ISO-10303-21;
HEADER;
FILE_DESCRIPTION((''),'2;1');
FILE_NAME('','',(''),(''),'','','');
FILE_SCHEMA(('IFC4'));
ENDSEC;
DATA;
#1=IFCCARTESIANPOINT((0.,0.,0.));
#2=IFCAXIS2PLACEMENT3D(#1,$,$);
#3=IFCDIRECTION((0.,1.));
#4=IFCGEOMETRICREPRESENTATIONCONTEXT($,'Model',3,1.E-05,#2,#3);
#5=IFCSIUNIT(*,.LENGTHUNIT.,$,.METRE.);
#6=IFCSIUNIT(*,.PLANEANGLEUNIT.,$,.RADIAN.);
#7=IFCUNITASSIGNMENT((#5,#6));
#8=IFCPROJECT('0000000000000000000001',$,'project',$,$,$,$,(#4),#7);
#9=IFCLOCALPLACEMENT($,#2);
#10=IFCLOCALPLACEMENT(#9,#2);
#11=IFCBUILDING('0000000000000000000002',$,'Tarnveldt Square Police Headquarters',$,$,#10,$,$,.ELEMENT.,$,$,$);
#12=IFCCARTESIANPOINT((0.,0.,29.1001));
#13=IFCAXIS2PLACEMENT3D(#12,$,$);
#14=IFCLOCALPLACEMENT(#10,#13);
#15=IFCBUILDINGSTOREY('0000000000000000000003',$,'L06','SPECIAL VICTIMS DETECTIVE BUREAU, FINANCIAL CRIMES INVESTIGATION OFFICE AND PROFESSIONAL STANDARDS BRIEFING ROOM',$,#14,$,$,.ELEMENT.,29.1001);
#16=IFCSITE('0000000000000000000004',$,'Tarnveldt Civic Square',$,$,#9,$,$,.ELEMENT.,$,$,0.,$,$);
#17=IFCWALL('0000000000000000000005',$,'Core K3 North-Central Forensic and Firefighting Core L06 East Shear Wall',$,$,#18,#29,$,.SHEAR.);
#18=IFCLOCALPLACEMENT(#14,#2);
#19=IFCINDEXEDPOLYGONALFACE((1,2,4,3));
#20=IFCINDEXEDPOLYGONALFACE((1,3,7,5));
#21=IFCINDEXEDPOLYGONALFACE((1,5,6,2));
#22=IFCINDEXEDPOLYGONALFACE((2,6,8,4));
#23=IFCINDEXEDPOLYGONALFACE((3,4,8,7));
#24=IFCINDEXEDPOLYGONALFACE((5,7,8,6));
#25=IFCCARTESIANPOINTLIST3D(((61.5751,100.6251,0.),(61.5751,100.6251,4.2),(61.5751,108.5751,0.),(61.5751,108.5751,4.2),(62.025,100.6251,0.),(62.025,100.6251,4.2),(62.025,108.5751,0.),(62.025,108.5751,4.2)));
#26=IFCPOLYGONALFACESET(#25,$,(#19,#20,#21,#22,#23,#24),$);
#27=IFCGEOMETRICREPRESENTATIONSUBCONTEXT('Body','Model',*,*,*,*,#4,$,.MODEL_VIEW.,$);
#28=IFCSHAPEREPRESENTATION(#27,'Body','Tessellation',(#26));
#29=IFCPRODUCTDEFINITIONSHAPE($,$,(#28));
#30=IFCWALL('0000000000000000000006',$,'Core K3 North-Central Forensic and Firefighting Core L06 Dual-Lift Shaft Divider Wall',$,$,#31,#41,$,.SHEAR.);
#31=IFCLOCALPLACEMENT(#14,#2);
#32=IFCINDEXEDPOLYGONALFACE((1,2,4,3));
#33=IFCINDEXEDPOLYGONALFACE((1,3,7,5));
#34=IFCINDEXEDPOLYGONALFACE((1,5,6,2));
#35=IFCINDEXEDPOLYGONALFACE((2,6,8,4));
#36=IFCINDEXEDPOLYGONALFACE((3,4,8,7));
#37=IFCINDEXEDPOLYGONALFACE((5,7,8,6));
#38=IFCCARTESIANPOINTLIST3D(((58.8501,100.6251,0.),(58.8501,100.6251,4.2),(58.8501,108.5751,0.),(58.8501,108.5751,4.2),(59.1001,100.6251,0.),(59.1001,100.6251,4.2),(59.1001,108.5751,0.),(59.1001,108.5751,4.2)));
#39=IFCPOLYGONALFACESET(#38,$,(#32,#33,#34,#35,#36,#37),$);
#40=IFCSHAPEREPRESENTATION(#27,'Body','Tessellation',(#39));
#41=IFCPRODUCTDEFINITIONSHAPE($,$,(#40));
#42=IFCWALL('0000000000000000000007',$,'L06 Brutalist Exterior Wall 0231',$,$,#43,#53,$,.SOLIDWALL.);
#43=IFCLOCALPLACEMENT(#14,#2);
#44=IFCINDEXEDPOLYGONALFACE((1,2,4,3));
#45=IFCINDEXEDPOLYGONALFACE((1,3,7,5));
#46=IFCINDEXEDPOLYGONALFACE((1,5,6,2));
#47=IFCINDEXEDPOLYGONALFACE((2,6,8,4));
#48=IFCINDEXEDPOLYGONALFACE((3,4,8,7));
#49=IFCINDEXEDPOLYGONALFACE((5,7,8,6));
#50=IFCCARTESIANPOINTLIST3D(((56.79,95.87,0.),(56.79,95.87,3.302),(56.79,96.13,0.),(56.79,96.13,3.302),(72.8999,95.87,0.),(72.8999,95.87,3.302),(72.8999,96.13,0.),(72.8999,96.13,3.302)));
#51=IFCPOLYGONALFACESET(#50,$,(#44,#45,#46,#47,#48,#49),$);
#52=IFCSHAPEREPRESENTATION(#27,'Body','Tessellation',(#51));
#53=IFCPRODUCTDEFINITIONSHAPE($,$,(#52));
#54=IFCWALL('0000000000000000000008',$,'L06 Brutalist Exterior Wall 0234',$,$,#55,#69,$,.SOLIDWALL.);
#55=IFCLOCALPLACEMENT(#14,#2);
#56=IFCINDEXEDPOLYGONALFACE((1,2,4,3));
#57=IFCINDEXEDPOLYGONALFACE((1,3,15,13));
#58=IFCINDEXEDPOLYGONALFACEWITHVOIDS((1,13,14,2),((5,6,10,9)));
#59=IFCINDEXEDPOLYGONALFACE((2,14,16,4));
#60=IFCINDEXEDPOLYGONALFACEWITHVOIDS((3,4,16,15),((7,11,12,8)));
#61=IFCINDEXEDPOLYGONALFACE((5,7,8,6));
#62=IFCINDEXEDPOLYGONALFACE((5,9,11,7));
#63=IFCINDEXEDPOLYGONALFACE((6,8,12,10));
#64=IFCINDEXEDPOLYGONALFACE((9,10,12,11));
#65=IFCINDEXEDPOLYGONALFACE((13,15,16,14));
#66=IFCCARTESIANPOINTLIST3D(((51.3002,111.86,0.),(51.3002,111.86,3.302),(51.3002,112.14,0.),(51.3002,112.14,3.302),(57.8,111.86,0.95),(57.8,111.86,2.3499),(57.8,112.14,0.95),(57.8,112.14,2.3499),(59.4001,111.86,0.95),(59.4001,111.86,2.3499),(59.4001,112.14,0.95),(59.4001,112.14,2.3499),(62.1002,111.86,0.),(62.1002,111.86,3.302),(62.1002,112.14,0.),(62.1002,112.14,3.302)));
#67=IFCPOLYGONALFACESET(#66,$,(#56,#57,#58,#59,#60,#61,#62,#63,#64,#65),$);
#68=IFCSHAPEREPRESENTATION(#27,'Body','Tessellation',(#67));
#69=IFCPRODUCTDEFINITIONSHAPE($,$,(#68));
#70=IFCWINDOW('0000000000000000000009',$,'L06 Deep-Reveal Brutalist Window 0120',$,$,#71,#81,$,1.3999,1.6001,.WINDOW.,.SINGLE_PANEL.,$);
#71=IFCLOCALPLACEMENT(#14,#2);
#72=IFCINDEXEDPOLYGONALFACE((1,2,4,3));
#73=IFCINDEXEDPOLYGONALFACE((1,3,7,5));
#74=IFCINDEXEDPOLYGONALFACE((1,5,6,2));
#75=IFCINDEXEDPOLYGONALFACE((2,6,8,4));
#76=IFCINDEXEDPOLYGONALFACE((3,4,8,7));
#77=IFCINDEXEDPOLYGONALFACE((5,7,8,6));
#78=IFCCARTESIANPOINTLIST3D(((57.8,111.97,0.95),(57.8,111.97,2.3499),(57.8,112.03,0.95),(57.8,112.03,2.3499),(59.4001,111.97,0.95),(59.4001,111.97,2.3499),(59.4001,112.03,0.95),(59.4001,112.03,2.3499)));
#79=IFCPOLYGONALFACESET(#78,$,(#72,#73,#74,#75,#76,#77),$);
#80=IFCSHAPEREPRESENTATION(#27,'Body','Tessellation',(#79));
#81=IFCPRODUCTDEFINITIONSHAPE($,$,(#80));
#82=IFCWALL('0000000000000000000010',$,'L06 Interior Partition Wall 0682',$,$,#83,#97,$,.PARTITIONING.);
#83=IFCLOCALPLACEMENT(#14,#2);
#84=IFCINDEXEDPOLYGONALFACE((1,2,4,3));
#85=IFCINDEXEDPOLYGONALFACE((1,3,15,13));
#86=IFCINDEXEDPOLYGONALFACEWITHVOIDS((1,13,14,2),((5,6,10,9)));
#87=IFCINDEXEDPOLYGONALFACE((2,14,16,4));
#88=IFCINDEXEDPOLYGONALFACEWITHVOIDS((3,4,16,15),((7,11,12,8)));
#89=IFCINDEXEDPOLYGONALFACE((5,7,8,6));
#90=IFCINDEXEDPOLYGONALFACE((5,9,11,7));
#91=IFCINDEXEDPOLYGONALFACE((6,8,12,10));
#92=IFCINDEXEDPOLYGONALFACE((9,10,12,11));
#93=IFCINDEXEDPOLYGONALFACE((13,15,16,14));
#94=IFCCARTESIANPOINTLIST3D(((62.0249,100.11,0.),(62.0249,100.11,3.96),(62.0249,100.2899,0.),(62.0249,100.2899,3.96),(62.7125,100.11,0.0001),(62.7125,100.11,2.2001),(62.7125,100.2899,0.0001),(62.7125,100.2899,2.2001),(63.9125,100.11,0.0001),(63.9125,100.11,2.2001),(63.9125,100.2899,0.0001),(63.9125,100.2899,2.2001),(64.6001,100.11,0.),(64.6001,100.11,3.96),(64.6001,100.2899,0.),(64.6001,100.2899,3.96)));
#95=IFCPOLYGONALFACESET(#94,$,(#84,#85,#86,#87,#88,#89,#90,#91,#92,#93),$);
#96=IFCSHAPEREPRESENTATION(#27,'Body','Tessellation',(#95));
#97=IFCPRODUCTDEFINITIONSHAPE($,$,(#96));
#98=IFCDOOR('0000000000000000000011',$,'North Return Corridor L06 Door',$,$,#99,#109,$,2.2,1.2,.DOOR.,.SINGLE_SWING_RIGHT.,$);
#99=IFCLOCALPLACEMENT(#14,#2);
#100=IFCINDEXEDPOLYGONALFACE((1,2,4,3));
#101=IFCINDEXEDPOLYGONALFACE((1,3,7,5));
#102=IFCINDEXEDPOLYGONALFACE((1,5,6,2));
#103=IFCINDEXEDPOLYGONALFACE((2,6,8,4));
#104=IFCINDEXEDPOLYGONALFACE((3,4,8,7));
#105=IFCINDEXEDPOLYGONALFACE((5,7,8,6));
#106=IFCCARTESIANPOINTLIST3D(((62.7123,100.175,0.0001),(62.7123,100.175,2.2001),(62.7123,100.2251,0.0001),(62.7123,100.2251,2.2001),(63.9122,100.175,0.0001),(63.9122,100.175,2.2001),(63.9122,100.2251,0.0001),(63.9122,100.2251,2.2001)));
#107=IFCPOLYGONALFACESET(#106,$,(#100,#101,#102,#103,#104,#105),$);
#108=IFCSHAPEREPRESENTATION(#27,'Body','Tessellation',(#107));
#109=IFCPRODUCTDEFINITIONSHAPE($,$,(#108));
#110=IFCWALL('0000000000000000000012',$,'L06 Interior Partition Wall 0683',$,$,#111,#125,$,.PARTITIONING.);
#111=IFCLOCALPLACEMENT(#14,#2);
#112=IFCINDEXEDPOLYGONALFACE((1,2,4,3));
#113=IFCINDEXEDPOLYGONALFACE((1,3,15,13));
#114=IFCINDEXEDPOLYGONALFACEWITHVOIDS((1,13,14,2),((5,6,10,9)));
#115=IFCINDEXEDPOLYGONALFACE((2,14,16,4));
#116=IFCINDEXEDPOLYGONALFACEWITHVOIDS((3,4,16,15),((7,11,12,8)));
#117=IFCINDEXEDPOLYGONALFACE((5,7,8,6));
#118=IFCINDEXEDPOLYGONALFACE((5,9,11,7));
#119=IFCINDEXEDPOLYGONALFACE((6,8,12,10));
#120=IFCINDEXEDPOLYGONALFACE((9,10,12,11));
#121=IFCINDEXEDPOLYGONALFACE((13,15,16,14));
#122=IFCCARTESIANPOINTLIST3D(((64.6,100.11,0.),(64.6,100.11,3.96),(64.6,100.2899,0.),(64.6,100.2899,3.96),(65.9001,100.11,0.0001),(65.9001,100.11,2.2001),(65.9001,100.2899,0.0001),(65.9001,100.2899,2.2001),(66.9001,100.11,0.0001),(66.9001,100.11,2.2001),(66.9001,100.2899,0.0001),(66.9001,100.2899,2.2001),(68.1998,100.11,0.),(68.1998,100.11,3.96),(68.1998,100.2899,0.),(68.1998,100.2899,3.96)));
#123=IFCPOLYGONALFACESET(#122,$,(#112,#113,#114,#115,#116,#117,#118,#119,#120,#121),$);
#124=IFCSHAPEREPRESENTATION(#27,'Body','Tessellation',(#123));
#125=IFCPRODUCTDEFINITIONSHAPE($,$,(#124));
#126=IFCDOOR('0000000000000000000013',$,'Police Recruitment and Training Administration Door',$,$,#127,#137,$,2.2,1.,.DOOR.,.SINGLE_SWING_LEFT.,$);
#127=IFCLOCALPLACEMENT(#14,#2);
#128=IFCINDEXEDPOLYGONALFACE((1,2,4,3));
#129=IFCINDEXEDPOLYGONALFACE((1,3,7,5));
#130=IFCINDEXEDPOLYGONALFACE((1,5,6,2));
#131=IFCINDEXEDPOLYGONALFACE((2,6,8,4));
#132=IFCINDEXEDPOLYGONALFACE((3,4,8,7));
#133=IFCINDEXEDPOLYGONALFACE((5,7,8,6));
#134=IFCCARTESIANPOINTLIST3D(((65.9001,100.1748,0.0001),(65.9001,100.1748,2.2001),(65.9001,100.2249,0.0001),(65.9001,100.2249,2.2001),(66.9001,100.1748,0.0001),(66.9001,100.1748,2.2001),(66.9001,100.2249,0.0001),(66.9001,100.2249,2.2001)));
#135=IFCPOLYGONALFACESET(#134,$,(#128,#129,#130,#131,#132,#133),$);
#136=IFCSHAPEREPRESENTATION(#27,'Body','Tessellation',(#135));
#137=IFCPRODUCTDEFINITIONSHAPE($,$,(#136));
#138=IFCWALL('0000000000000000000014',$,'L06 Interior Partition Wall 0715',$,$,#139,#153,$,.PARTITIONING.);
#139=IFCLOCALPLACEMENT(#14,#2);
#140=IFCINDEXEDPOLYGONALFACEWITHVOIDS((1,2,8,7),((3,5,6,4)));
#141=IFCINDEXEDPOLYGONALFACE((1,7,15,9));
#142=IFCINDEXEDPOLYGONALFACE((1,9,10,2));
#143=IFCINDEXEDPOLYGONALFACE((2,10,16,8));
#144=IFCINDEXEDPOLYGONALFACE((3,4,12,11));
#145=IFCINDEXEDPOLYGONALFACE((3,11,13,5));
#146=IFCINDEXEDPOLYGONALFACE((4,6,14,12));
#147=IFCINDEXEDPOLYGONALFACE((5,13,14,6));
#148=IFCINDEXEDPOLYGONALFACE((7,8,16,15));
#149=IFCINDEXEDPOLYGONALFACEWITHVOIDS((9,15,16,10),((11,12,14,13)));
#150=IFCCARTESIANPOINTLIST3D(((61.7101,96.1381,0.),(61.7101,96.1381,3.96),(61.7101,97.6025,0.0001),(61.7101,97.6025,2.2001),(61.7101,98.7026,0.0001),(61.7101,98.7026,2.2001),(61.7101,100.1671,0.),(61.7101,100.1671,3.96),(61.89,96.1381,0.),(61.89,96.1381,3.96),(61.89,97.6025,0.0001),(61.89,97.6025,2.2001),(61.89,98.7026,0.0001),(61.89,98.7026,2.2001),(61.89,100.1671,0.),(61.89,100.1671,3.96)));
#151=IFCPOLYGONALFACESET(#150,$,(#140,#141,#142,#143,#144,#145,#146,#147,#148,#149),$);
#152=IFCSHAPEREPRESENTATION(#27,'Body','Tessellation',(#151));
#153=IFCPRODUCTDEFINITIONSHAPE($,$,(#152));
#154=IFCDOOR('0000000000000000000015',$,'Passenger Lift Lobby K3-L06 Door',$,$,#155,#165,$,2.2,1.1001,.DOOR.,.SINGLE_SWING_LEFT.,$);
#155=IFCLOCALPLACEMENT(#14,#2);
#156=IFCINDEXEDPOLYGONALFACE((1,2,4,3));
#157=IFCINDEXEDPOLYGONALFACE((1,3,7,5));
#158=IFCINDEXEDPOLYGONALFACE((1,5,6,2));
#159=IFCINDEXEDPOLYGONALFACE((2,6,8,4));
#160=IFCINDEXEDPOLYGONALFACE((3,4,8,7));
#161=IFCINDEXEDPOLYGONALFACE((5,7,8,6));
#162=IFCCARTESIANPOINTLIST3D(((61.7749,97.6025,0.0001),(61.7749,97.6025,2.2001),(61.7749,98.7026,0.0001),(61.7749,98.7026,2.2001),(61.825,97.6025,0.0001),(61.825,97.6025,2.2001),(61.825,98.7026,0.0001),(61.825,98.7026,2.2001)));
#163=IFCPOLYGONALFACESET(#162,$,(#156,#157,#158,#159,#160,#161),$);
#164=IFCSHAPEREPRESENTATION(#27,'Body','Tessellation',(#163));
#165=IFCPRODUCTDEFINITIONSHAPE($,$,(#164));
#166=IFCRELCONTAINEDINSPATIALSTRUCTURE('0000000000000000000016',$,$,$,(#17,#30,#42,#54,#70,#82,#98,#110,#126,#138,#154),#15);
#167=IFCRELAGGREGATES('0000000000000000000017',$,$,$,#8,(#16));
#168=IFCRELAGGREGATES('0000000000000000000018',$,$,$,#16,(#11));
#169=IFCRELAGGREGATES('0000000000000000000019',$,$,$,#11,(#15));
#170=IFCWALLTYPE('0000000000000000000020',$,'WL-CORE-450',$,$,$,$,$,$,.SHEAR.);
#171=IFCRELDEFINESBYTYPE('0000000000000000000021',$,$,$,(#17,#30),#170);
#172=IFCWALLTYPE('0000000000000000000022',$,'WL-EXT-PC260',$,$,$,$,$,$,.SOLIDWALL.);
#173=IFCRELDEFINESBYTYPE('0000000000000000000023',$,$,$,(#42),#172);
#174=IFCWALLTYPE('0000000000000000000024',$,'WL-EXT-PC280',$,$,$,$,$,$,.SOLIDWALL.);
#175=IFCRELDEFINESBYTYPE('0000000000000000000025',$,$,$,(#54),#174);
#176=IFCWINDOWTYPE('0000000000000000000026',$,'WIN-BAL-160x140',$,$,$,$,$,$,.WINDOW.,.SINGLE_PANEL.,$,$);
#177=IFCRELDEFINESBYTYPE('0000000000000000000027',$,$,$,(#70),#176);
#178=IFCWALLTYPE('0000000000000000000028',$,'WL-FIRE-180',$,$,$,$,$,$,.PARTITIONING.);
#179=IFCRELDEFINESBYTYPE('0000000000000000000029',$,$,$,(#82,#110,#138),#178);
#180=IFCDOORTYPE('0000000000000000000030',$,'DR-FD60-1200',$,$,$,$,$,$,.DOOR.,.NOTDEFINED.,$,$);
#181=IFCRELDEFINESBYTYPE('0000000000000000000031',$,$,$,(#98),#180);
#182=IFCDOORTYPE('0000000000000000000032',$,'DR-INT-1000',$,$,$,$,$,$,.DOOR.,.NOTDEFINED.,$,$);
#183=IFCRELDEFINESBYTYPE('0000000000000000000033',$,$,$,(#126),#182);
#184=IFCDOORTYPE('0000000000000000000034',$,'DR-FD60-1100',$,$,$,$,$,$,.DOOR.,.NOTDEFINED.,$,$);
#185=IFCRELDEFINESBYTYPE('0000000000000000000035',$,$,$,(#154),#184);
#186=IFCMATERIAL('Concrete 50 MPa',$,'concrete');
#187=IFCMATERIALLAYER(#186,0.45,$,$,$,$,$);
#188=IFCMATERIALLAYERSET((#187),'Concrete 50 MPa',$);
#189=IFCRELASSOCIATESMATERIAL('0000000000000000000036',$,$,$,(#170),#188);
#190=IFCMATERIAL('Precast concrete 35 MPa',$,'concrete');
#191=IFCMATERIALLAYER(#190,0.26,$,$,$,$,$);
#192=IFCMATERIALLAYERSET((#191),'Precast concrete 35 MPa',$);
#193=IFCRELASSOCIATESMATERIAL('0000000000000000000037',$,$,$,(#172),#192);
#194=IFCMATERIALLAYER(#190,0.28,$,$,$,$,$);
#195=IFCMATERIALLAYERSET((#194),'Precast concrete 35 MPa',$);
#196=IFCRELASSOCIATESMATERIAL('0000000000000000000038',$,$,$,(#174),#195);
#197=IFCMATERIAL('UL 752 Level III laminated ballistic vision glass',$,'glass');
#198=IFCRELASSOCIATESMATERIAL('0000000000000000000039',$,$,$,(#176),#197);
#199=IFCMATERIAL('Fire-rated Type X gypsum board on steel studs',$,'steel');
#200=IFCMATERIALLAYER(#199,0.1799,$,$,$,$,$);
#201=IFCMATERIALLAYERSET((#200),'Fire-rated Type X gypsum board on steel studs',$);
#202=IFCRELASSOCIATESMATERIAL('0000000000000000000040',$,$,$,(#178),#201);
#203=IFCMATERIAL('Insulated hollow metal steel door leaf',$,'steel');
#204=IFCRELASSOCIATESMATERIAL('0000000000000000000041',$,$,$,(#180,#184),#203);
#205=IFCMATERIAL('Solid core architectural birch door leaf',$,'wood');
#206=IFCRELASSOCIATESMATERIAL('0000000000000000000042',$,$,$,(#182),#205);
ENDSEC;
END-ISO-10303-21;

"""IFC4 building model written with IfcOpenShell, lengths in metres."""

from ifc_helpers import new_model, si_unit, direction, frame, frame_2d, origin, place, context, subcontext, project, spatial, rectangle, extrude, material, layer, layer_set, type_object, element, fill, save


model = new_model("IFC4")

# Units and contexts
model_context = context("Model", 3, precision=1e-05, world=origin(), true_north=direction((0.0, 1.0)))
body_context = subcontext(model_context, "Body", "Model", "MODEL_VIEW")
ifc_project = project(units=[si_unit("LENGTHUNIT", "METRE"), si_unit("PLANEANGLEUNIT", "RADIAN")], contexts=[model_context])

# Site, building, storey
site_placement = place(None, origin())
site = spatial("IfcSite", under=ifc_project, at=site_placement, Name="Tarnveldt Civic Square", CompositionType="ELEMENT", RefElevation=0.0)
building_placement = place(site_placement, origin())
building = spatial("IfcBuilding", under=site, at=building_placement, Name="Tarnveldt Square Police Headquarters", CompositionType="ELEMENT")
storey_placement = place(building_placement, frame((0.0, 0.0, 29.1001)))
storey = spatial("IfcBuildingStorey", under=building, at=storey_placement, Name="L06", Description="SPECIAL VICTIMS DETECTIVE BUREAU, FINANCIAL CRIMES INVESTIGATION OFFICE AND PROFESSIONAL STANDARDS BRIEFING ROOM", CompositionType="ELEMENT", Elevation=29.1001)

# Walls
ifc_material_1 = material(Name="Concrete 50 MPa", Category="concrete")
ifc_layer_1 = layer(ifc_material_1, 0.45)
ifc_layer_set_1 = layer_set([ifc_layer_1], Name="Concrete 50 MPa")
wall_type_1 = type_object("IfcWallType", Name="WL-CORE-450", PredefinedType="SHEAR", material=ifc_layer_set_1)
wall_1_placement = place(storey_placement, frame((61.8, 100.625, 0.0), z_axis=(0.0, 0.0, 1.0), x_axis=(0.0, 1.0, 0.0)))
element("IfcWall", 1, at=wall_1_placement, inside=storey, type_object=wall_type_1, Name="Core K3 North-Central Forensic and Firefighting Core L06 East Shear Wall", PredefinedType="SHEAR", context=body_context, shape_type="SweptSolid", body=[
    extrude(rectangle(XDim=7.95, YDim=0.45, at=frame_2d((3.9751, 0.0))), origin(), (0.0, 0.0, 1.0), 4.2),
])
wall_2_placement = place(storey_placement, frame((58.9751, 100.625, 0.0), z_axis=(0.0, 0.0, 1.0), x_axis=(0.0, 1.0, 0.0)))
element("IfcWall", 2, at=wall_2_placement, inside=storey, type_object=wall_type_1, Name="Core K3 North-Central Forensic and Firefighting Core L06 Dual-Lift Shaft Divider Wall", PredefinedType="SHEAR", context=body_context, shape_type="SweptSolid", body=[
    extrude(rectangle(XDim=7.95, YDim=0.25, at=frame_2d((3.9751, 0.0))), origin(), (0.0, 0.0, 1.0), 4.2),
])
ifc_material_2 = material(Name="Precast concrete 35 MPa", Category="concrete")
ifc_layer_2 = layer(ifc_material_2, 0.26)
ifc_layer_set_2 = layer_set([ifc_layer_2], Name="Precast concrete 35 MPa")
wall_type_2 = type_object("IfcWallType", Name="WL-EXT-PC260", PredefinedType="SOLIDWALL", material=ifc_layer_set_2)
wall_3_placement = place(storey_placement, frame((56.79, 96.0, 0.0), z_axis=(0.0, 0.0, 1.0), x_axis=(1.0, 0.0, 0.0)))
element("IfcWall", 3, at=wall_3_placement, inside=storey, type_object=wall_type_2, Name="L06 Brutalist Exterior Wall 0231", PredefinedType="SOLIDWALL", context=body_context, shape_type="SweptSolid", body=[
    extrude(rectangle(XDim=16.1099, YDim=0.26, at=frame_2d((8.0549, 0.0))), origin(), (0.0, 0.0, 1.0), 3.302),
])

# Wall, opening, window
ifc_layer_3 = layer(ifc_material_2, 0.28)
ifc_layer_set_3 = layer_set([ifc_layer_3], Name="Precast concrete 35 MPa")
wall_type_3 = type_object("IfcWallType", Name="WL-EXT-PC280", PredefinedType="SOLIDWALL", material=ifc_layer_set_3)
wall_4_placement = place(storey_placement, frame((62.1001, 112.0, 0.0), z_axis=(0.0, 0.0, 1.0), x_axis=(-1.0, 0.0, 0.0)))
wall_4 = element("IfcWall", 4, at=wall_4_placement, inside=storey, type_object=wall_type_3, Name="L06 Brutalist Exterior Wall 0234", PredefinedType="SOLIDWALL", context=body_context, shape_type="SweptSolid", body=[
    extrude(rectangle(XDim=10.8, YDim=0.28, at=frame_2d((5.3999, 0.0))), origin(), (0.0, 0.0, 1.0), 3.302),
])
opening_1_placement = place(wall_4_placement, frame((2.7, 0.0, 0.95)))
opening_1 = element("IfcOpeningElement", 5, at=opening_1_placement, cuts=wall_4, PredefinedType="OPENING", context=body_context, shape_type="SweptSolid", body=[
    extrude(rectangle(XDim=1.6001, YDim=1.3999, at=frame_2d((0.8, 0.7))), frame((0.0, 0.1499, 0.0), z_axis=(0.0, -1.0, 0.0), x_axis=(1.0, 0.0, 0.0)), (0.0, 0.0, 1.0), 0.3),
])
ifc_material_3 = material(Name="UL 752 Level III laminated ballistic vision glass", Category="glass")
window_type = type_object("IfcWindowType", Name="WIN-BAL-160x140", PartitioningType="SINGLE_PANEL", PredefinedType="WINDOW", material=ifc_material_3)
window_placement = place(opening_1_placement, origin())
window = element("IfcWindow", 6, at=window_placement, inside=storey, type_object=window_type, Name="L06 Deep-Reveal Brutalist Window 0120", OverallHeight=1.3999, OverallWidth=1.6001, PartitioningType="SINGLE_PANEL", PredefinedType="WINDOW", context=body_context, shape_type="SweptSolid", body=[
    extrude(rectangle(XDim=1.6001, YDim=1.3999, at=frame_2d((0.8, 0.7))), frame((0.0, 0.03, 0.0), z_axis=(0.0, -1.0, 0.0), x_axis=(1.0, 0.0, 0.0)), (0.0, 0.0, 1.0), 0.0601),
])
fill(opening_1, window)

# Walls, openings, doors
ifc_material_4 = material(Name="Fire-rated Type X gypsum board on steel studs", Category="steel")
ifc_layer_4 = layer(ifc_material_4, 0.1799)
ifc_layer_set_4 = layer_set([ifc_layer_4], Name="Fire-rated Type X gypsum board on steel studs")
wall_type_4 = type_object("IfcWallType", Name="WL-FIRE-180", PredefinedType="PARTITIONING", material=ifc_layer_set_4)
wall_5_placement = place(storey_placement, frame((62.0249, 100.2, 0.0), z_axis=(0.0, 0.0, 1.0), x_axis=(1.0, 0.0, 0.0)))
wall_5 = element("IfcWall", 7, at=wall_5_placement, inside=storey, type_object=wall_type_4, Name="L06 Interior Partition Wall 0682", PredefinedType="PARTITIONING", context=body_context, shape_type="SweptSolid", body=[
    extrude(rectangle(XDim=2.5752, YDim=0.1799, at=frame_2d((1.2876, 0.0))), origin(), (0.0, 0.0, 1.0), 3.96),
])
opening_2_placement = place(wall_5_placement, frame((0.6875, 0.0, 0.0)))
opening_2 = element("IfcOpeningElement", 8, at=opening_2_placement, cuts=wall_5, PredefinedType="OPENING", context=body_context, shape_type="SweptSolid", body=[
    extrude(rectangle(XDim=1.2, YDim=2.2, at=frame_2d((0.6001, 1.1001))), frame((0.0, 0.0999, 0.0), z_axis=(0.0, -1.0, 0.0), x_axis=(1.0, 0.0, 0.0)), (0.0, 0.0, 1.0), 0.2),
])
ifc_material_5 = material(Name="Insulated hollow metal steel door leaf", Category="steel")
door_type_1 = type_object("IfcDoorType", Name="DR-FD60-1200", OperationType="NOTDEFINED", PredefinedType="DOOR", material=ifc_material_5)
door_1_placement = place(opening_2_placement, frame((1.2, 0.0, 0.0), z_axis=(0.0, 0.0, 1.0), x_axis=(-1.0, 0.0, 0.0)))
door_1 = element("IfcDoor", 9, at=door_1_placement, inside=storey, type_object=door_type_1, Name="North Return Corridor L06 Door", OperationType="SINGLE_SWING_RIGHT", OverallHeight=2.2, OverallWidth=1.2, PredefinedType="DOOR", context=body_context, shape_type="SweptSolid", body=[
    extrude(rectangle(XDim=1.2, YDim=2.2, at=frame_2d((0.6001, 1.1001))), frame((0.0, 0.0249, 0.0), z_axis=(0.0, -1.0, 0.0), x_axis=(1.0, 0.0, 0.0)), (0.0, 0.0, 1.0), 0.05),
])
fill(opening_2, door_1)
wall_6_placement = place(storey_placement, frame((64.6001, 100.2, 0.0), z_axis=(0.0, 0.0, 1.0), x_axis=(1.0, 0.0, 0.0)))
wall_6 = element("IfcWall", 10, at=wall_6_placement, inside=storey, type_object=wall_type_4, Name="L06 Interior Partition Wall 0683", PredefinedType="PARTITIONING", context=body_context, shape_type="SweptSolid", body=[
    extrude(rectangle(XDim=3.5999, YDim=0.1799, at=frame_2d((1.7998, 0.0))), origin(), (0.0, 0.0, 1.0), 3.96),
])
opening_3_placement = place(wall_6_placement, frame((1.3, 0.0, 0.0)))
opening_3 = element("IfcOpeningElement", 11, at=opening_3_placement, cuts=wall_6, PredefinedType="OPENING", context=body_context, shape_type="SweptSolid", body=[
    extrude(rectangle(XDim=1.0, YDim=2.2, at=frame_2d((0.5, 1.1001))), frame((0.0, 0.0999, 0.0), z_axis=(0.0, -1.0, 0.0), x_axis=(1.0, 0.0, 0.0)), (0.0, 0.0, 1.0), 0.2),
])
ifc_material_6 = material(Name="Solid core architectural birch door leaf", Category="wood")
door_type_2 = type_object("IfcDoorType", Name="DR-INT-1000", OperationType="NOTDEFINED", PredefinedType="DOOR", material=ifc_material_6)
door_2_placement = place(opening_3_placement, origin())
door_2 = element("IfcDoor", 12, at=door_2_placement, inside=storey, type_object=door_type_2, Name="Police Recruitment and Training Administration Door", OperationType="SINGLE_SWING_LEFT", OverallHeight=2.2, OverallWidth=1.0, PredefinedType="DOOR", context=body_context, shape_type="SweptSolid", body=[
    extrude(rectangle(XDim=1.0, YDim=2.2, at=frame_2d((0.5, 1.1001))), frame((0.0, 0.0249, 0.0), z_axis=(0.0, -1.0, 0.0), x_axis=(1.0, 0.0, 0.0)), (0.0, 0.0, 1.0), 0.05),
])
fill(opening_3, door_2)
wall_7_placement = place(storey_placement, frame((61.8, 96.1379, 0.0), z_axis=(0.0, 0.0, 1.0), x_axis=(0.0, 1.0, 0.0)))
wall_7 = element("IfcWall", 13, at=wall_7_placement, inside=storey, type_object=wall_type_4, Name="L06 Interior Partition Wall 0715", PredefinedType="PARTITIONING", context=body_context, shape_type="SweptSolid", body=[
    extrude(rectangle(XDim=4.0291, YDim=0.1799, at=frame_2d((2.0146, 0.0))), origin(), (0.0, 0.0, 1.0), 3.96),
])
opening_4_placement = place(wall_7_placement, frame((1.4646, 0.0, 0.0)))
opening_4 = element("IfcOpeningElement", 14, at=opening_4_placement, cuts=wall_7, PredefinedType="OPENING", context=body_context, shape_type="SweptSolid", body=[
    extrude(rectangle(XDim=1.1001, YDim=2.2, at=frame_2d((0.55, 1.1001))), frame((0.0, 0.0999, 0.0), z_axis=(0.0, -1.0, 0.0), x_axis=(1.0, 0.0, 0.0)), (0.0, 0.0, 1.0), 0.2),
])
door_type_3 = type_object("IfcDoorType", Name="DR-FD60-1100", OperationType="NOTDEFINED", PredefinedType="DOOR", material=ifc_material_5)
door_3_placement = place(opening_4_placement, frame((1.1001, 0.0, 0.0), z_axis=(0.0, 0.0, 1.0), x_axis=(-1.0, 0.0, 0.0)))
door_3 = element("IfcDoor", 15, at=door_3_placement, inside=storey, type_object=door_type_3, Name="Passenger Lift Lobby K3-L06 Door", OperationType="SINGLE_SWING_LEFT", OverallHeight=2.2, OverallWidth=1.1001, PredefinedType="DOOR", context=body_context, shape_type="SweptSolid", body=[
    extrude(rectangle(XDim=1.1001, YDim=2.2, at=frame_2d((0.55, 1.1001))), frame((0.0, 0.0249, 0.0), z_axis=(0.0, -1.0, 0.0), x_axis=(1.0, 0.0, 0.0)), (0.0, 0.0, 1.0), 0.05),
])
fill(opening_4, door_3)

save(model, "model.ifc")
